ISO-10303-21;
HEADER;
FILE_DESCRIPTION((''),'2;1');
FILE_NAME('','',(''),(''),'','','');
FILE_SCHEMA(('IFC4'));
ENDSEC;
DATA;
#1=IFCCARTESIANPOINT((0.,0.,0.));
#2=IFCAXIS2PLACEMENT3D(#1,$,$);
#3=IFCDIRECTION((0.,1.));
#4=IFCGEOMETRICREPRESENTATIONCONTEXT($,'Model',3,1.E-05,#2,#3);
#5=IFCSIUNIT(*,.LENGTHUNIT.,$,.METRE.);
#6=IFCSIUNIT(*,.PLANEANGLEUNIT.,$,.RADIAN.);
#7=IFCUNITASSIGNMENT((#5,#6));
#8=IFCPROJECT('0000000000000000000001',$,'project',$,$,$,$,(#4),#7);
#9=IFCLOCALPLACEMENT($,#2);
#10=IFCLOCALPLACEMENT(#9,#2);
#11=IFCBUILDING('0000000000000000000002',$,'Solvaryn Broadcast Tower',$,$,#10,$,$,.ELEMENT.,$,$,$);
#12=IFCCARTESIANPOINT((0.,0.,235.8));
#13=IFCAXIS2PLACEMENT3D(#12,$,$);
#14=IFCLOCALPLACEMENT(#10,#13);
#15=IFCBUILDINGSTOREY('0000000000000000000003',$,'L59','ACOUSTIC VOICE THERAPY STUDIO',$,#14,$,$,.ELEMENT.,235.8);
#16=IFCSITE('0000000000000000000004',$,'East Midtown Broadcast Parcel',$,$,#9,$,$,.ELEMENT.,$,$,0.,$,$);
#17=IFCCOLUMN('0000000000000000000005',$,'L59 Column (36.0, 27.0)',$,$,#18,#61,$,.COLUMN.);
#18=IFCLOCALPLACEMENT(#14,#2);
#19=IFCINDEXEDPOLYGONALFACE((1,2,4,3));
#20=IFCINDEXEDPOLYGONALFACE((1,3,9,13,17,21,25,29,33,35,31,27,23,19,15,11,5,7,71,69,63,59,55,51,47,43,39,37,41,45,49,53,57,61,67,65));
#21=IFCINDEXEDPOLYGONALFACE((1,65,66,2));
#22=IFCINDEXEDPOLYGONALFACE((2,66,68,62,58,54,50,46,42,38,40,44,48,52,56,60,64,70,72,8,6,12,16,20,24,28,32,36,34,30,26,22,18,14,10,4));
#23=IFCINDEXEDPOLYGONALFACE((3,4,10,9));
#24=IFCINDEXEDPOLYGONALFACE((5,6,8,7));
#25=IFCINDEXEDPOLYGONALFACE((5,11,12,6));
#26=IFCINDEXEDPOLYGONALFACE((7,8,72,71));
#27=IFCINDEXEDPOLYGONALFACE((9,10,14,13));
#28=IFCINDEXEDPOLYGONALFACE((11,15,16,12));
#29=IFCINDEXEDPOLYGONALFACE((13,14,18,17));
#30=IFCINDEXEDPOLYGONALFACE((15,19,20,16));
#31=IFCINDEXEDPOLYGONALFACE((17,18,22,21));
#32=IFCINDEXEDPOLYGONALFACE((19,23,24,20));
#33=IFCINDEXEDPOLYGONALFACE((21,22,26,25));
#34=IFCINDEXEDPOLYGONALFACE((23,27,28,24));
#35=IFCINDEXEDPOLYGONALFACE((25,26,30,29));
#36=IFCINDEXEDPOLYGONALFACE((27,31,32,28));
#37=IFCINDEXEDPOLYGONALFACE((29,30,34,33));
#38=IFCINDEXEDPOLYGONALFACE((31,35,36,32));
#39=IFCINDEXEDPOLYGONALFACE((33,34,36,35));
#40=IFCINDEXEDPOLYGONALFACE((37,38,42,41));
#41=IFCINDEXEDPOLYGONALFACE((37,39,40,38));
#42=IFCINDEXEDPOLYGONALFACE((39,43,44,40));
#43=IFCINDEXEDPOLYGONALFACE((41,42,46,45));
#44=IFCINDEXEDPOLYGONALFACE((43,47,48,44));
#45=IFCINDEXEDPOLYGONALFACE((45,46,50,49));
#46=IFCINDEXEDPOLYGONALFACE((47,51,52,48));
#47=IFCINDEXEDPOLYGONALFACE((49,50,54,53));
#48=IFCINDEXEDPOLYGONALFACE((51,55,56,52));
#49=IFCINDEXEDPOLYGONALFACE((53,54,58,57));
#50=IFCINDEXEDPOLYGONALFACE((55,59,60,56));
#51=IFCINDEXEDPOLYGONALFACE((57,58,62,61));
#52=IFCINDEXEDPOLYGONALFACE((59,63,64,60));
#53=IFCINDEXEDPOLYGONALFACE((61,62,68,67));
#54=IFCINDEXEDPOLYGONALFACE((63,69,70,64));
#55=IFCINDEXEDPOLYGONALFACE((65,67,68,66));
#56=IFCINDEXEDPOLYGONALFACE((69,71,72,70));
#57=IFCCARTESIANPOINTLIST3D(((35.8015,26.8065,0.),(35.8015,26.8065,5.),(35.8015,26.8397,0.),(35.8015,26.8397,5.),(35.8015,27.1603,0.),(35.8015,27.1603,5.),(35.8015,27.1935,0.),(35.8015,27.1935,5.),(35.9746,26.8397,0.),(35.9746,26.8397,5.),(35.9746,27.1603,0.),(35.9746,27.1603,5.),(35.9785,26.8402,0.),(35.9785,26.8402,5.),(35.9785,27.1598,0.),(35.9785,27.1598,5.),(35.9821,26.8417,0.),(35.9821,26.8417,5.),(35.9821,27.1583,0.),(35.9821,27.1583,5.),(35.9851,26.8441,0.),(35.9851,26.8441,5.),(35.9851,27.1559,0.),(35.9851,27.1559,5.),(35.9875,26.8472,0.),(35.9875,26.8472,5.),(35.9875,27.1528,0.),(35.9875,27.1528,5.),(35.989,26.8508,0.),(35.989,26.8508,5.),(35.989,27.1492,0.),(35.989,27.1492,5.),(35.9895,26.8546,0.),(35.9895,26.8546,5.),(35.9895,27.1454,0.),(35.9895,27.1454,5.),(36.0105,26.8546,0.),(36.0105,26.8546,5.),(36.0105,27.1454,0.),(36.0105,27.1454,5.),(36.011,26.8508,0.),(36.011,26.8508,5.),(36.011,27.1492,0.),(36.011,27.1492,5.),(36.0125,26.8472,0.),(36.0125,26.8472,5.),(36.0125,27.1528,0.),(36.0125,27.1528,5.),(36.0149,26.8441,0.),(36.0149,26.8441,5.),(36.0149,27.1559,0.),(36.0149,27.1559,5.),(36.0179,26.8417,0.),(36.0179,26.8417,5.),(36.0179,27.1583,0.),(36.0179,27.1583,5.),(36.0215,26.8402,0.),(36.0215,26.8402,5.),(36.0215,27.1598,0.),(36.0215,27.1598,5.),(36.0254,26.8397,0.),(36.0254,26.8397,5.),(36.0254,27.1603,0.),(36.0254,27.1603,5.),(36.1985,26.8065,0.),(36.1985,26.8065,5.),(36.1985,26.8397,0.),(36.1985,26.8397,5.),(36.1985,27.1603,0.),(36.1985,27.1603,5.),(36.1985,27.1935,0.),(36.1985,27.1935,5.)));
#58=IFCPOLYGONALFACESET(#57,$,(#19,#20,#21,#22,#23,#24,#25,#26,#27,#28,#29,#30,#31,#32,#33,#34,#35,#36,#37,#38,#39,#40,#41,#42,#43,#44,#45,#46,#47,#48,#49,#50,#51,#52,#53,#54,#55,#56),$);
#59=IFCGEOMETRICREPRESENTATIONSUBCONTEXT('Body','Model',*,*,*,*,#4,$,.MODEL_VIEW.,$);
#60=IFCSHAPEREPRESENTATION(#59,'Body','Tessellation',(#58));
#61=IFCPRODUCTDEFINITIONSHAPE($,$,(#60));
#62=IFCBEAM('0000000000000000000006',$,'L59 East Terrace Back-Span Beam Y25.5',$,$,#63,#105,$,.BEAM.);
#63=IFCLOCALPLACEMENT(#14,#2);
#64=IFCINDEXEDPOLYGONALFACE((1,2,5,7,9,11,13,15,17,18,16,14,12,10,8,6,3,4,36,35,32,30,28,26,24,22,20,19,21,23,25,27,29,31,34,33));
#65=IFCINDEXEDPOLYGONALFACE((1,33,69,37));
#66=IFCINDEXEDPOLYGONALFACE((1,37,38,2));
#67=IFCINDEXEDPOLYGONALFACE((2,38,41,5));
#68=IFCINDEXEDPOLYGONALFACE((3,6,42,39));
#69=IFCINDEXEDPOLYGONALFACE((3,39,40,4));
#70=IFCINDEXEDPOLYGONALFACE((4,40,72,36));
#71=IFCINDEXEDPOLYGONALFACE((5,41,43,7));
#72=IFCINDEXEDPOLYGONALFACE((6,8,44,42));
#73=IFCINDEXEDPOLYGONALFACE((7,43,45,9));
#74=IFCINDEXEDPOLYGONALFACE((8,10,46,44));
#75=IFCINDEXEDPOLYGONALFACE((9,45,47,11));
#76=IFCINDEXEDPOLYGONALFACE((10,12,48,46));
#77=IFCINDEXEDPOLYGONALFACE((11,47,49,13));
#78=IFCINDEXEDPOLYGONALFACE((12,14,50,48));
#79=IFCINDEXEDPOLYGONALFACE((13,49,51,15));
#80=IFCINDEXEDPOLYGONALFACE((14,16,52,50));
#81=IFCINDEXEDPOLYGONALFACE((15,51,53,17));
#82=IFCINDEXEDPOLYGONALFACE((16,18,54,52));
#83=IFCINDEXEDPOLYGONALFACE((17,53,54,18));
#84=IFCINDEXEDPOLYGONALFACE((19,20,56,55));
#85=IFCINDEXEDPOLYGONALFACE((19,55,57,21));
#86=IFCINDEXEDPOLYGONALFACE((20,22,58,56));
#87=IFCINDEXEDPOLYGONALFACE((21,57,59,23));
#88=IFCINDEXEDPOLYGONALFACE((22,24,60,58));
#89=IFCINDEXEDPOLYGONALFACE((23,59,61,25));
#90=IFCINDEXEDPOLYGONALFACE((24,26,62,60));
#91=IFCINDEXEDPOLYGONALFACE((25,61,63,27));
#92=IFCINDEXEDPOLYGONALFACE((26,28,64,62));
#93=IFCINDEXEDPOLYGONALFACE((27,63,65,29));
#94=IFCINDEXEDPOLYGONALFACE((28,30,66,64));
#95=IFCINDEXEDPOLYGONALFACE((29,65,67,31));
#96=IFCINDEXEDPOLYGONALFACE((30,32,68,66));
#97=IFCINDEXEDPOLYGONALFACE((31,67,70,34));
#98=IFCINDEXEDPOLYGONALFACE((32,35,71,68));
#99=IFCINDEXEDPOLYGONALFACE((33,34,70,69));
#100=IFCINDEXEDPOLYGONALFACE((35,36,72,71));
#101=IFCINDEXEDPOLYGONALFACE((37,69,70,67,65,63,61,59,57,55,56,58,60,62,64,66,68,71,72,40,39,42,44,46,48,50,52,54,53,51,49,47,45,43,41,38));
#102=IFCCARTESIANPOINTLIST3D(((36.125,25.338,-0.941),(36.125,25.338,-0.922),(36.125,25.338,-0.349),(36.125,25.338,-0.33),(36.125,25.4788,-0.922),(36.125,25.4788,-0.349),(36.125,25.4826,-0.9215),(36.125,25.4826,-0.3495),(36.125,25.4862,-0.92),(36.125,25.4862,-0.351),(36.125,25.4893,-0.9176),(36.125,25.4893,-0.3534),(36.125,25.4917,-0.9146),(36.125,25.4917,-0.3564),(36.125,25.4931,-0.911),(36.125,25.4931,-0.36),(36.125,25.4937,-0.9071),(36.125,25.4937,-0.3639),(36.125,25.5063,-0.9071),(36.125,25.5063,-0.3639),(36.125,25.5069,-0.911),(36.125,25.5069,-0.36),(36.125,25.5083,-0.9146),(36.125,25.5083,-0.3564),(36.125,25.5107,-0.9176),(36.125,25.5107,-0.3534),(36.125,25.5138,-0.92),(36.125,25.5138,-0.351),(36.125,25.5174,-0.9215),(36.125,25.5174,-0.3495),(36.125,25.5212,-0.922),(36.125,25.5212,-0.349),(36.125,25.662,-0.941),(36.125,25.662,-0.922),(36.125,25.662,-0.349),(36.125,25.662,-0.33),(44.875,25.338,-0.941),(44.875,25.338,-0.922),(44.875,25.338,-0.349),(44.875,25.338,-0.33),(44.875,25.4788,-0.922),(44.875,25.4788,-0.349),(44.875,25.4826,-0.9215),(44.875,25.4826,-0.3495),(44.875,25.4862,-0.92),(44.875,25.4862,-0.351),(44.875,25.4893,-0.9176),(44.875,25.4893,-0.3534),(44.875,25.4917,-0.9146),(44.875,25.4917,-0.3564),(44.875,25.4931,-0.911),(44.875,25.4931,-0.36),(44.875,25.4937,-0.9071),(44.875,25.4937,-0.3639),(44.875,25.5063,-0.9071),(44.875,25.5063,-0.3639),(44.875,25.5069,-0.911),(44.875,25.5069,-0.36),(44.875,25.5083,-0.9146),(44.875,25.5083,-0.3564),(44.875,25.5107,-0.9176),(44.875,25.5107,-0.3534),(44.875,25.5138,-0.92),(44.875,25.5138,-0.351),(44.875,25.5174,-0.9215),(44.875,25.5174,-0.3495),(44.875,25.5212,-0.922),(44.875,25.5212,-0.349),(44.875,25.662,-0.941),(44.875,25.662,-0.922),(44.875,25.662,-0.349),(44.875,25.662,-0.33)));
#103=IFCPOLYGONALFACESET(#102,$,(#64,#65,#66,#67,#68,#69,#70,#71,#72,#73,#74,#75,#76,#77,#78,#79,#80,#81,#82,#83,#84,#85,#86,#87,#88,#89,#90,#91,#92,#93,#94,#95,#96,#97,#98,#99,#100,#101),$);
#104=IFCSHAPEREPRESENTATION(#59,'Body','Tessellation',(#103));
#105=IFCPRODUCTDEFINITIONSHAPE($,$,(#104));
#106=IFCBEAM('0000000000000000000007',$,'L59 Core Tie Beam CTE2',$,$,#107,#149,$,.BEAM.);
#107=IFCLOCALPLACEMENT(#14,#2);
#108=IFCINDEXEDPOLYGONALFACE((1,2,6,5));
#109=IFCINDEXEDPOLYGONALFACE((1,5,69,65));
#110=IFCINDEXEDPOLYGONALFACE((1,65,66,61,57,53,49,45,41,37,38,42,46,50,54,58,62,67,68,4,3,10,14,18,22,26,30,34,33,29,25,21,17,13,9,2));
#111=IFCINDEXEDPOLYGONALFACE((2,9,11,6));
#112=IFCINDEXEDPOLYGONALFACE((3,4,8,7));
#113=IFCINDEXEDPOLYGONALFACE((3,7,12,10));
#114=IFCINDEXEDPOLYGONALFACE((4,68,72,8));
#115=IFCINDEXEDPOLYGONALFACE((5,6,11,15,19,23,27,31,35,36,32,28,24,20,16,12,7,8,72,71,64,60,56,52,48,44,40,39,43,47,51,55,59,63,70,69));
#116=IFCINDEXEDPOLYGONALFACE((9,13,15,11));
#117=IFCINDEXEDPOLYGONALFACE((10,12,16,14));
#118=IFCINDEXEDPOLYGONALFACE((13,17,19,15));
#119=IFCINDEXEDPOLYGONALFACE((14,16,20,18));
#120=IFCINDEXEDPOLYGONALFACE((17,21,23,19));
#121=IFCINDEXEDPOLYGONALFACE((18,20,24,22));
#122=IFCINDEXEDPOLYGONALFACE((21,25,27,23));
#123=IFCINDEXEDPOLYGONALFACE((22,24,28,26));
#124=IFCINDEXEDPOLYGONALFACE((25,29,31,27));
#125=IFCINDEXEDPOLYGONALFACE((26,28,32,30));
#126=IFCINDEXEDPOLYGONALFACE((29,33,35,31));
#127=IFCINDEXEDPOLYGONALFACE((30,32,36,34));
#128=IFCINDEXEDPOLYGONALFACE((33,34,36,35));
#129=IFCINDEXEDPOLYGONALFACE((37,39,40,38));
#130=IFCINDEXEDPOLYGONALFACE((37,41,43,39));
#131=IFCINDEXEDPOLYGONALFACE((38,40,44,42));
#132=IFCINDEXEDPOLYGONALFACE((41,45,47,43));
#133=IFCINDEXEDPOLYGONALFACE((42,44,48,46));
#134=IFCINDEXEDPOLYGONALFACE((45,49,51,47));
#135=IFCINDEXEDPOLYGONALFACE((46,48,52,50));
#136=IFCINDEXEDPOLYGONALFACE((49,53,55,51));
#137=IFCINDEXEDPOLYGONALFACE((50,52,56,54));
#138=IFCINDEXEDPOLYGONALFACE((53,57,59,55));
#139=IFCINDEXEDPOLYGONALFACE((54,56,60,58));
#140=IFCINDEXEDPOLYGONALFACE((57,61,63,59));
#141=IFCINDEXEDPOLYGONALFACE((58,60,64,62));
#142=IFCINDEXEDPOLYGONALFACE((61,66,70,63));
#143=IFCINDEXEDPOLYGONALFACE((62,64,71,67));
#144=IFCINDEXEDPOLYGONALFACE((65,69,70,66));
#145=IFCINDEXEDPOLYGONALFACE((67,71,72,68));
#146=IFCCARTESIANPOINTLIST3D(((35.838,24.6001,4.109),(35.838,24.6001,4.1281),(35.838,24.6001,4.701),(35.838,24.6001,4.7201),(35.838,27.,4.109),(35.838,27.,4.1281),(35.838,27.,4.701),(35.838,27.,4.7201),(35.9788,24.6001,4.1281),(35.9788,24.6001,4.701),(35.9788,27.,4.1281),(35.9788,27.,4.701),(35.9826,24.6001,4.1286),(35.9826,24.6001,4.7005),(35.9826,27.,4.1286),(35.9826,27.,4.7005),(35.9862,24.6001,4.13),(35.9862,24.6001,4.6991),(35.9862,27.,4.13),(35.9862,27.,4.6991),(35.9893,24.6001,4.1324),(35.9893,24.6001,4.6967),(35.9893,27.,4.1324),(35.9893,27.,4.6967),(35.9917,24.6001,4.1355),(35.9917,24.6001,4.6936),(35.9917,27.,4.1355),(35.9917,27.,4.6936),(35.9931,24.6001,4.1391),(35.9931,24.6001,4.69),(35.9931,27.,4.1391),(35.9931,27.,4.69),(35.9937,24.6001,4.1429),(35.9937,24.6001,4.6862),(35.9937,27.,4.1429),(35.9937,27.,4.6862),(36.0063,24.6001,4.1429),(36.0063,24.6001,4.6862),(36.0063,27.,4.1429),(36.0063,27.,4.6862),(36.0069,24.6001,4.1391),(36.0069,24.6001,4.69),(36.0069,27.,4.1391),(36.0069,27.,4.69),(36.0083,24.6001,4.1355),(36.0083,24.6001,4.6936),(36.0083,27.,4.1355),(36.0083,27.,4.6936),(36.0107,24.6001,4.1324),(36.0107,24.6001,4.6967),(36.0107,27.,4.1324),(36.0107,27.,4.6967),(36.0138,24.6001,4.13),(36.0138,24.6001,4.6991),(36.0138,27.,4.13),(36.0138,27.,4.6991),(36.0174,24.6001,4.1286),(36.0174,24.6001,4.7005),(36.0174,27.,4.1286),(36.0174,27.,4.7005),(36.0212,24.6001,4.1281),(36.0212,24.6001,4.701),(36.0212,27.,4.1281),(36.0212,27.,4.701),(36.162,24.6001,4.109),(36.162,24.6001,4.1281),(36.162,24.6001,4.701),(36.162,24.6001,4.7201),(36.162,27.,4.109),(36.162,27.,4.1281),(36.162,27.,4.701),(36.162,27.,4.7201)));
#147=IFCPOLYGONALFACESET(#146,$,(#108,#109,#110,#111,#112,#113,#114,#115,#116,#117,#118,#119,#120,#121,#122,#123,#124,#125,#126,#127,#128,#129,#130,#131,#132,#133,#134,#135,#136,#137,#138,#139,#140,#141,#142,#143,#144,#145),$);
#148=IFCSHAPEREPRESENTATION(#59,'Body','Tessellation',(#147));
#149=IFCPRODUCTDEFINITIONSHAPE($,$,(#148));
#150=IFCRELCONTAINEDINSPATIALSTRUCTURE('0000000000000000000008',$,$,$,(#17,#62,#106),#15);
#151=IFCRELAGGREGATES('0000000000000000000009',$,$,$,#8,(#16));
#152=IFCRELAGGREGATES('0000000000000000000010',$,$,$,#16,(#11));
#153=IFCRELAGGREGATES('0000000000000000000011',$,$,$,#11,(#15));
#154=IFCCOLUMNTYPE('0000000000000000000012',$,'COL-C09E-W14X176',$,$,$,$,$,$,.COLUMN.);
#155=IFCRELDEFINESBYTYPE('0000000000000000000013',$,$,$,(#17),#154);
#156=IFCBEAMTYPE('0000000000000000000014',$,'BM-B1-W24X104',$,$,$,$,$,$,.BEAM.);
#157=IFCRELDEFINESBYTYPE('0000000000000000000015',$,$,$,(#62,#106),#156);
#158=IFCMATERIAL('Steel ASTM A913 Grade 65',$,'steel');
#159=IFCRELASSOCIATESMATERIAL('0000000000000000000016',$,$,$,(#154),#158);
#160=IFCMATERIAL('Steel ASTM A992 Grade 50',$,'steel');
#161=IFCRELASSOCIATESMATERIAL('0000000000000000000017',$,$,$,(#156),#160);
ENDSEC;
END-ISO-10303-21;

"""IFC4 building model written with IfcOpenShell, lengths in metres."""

from ifc_helpers import new_model, si_unit, direction, frame, origin, origin_2d, place, context, subcontext, project, spatial, i_section, extrude, material, material_profile, profile_set, type_object, element, save


model = new_model("IFC4")

# Units and contexts
model_context = context("Model", 3, precision=1e-05, world=origin(), true_north=direction((0.0, 1.0)))
body_context = subcontext(model_context, "Body", "Model", "MODEL_VIEW")
ifc_project = project(units=[si_unit("LENGTHUNIT", "METRE"), si_unit("PLANEANGLEUNIT", "RADIAN")], contexts=[model_context])

# Site, building, storey
site_placement = place(None, origin())
site = spatial("IfcSite", under=ifc_project, at=site_placement, Name="East Midtown Broadcast Parcel", CompositionType="ELEMENT", RefElevation=0.0)
building_placement = place(site_placement, origin())
building = spatial("IfcBuilding", under=site, at=building_placement, Name="Solvaryn Broadcast Tower", CompositionType="ELEMENT")
storey_placement = place(building_placement, frame((0.0, 0.0, 235.8)))
storey = spatial("IfcBuildingStorey", under=building, at=storey_placement, Name="L59", Description="ACOUSTIC VOICE THERAPY STUDIO", CompositionType="ELEMENT", Elevation=235.8)

# Column
ifc_material_1 = material(Name="Steel ASTM A913 Grade 65", Category="steel")
ifc_material_profile_1 = material_profile(ifc_material_1, i_section(OverallWidth=0.397, OverallDepth=0.387, WebThickness=0.021, FlangeThickness=0.0332, FilletRadius=0.0149, at=origin_2d()))
ifc_profile_set_1 = profile_set([ifc_material_profile_1], Name="Steel ASTM A913 Grade 65")
column_type = type_object("IfcColumnType", Name="COL-C09E-W14X176", PredefinedType="COLUMN", material=ifc_profile_set_1)
column_placement = place(storey_placement, frame((36.0, 27.0, 0.0), z_axis=(0.0, 0.0, 1.0), x_axis=(1.0, 0.0, 0.0)))
element("IfcColumn", 1, at=column_placement, inside=storey, type_object=column_type, Name="L59 Column (36.0, 27.0)", PredefinedType="COLUMN", context=body_context, shape_type="SweptSolid", body=[
    extrude(i_section(OverallWidth=0.397, OverallDepth=0.387, WebThickness=0.021, FlangeThickness=0.0332, FilletRadius=0.0149, at=origin_2d()), origin(), (0.0, 0.0, 1.0), 5.0),
])

# Beams
ifc_material_2 = material(Name="Steel ASTM A992 Grade 50", Category="steel")
ifc_material_profile_2 = material_profile(ifc_material_2, i_section(OverallWidth=0.324, OverallDepth=0.6111, WebThickness=0.0127, FlangeThickness=0.019, FilletRadius=0.0149, at=origin_2d()))
ifc_profile_set_2 = profile_set([ifc_material_profile_2], Name="Steel ASTM A992 Grade 50")
beam_type = type_object("IfcBeamType", Name="BM-B1-W24X104", PredefinedType="BEAM", material=ifc_profile_set_2)
beam_1_placement = place(storey_placement, frame((36.125, 25.5, -0.6355), z_axis=(1.0, 0.0, 0.0), x_axis=(0.0, 1.0, 0.0)))
element("IfcBeam", 2, at=beam_1_placement, inside=storey, type_object=beam_type, Name="L59 East Terrace Back-Span Beam Y25.5", PredefinedType="BEAM", context=body_context, shape_type="SweptSolid", body=[
    extrude(i_section(OverallWidth=0.324, OverallDepth=0.6111, WebThickness=0.0127, FlangeThickness=0.019, FilletRadius=0.0149, at=origin_2d()), origin(), (0.0, 0.0, 1.0), 8.75),
])
beam_2_placement = place(storey_placement, frame((36.0, 24.6001, 4.4146), z_axis=(0.0, 1.0, 0.0), x_axis=(-1.0, 0.0, 0.0)))
element("IfcBeam", 3, at=beam_2_placement, inside=storey, type_object=beam_type, Name="L59 Core Tie Beam CTE2", PredefinedType="BEAM", context=body_context, shape_type="SweptSolid", body=[
    extrude(i_section(OverallWidth=0.324, OverallDepth=0.6111, WebThickness=0.0127, FlangeThickness=0.019, FilletRadius=0.0149, at=origin_2d()), origin(), (0.0, 0.0, 1.0), 2.3999),
])

save(model, "model.ifc")
